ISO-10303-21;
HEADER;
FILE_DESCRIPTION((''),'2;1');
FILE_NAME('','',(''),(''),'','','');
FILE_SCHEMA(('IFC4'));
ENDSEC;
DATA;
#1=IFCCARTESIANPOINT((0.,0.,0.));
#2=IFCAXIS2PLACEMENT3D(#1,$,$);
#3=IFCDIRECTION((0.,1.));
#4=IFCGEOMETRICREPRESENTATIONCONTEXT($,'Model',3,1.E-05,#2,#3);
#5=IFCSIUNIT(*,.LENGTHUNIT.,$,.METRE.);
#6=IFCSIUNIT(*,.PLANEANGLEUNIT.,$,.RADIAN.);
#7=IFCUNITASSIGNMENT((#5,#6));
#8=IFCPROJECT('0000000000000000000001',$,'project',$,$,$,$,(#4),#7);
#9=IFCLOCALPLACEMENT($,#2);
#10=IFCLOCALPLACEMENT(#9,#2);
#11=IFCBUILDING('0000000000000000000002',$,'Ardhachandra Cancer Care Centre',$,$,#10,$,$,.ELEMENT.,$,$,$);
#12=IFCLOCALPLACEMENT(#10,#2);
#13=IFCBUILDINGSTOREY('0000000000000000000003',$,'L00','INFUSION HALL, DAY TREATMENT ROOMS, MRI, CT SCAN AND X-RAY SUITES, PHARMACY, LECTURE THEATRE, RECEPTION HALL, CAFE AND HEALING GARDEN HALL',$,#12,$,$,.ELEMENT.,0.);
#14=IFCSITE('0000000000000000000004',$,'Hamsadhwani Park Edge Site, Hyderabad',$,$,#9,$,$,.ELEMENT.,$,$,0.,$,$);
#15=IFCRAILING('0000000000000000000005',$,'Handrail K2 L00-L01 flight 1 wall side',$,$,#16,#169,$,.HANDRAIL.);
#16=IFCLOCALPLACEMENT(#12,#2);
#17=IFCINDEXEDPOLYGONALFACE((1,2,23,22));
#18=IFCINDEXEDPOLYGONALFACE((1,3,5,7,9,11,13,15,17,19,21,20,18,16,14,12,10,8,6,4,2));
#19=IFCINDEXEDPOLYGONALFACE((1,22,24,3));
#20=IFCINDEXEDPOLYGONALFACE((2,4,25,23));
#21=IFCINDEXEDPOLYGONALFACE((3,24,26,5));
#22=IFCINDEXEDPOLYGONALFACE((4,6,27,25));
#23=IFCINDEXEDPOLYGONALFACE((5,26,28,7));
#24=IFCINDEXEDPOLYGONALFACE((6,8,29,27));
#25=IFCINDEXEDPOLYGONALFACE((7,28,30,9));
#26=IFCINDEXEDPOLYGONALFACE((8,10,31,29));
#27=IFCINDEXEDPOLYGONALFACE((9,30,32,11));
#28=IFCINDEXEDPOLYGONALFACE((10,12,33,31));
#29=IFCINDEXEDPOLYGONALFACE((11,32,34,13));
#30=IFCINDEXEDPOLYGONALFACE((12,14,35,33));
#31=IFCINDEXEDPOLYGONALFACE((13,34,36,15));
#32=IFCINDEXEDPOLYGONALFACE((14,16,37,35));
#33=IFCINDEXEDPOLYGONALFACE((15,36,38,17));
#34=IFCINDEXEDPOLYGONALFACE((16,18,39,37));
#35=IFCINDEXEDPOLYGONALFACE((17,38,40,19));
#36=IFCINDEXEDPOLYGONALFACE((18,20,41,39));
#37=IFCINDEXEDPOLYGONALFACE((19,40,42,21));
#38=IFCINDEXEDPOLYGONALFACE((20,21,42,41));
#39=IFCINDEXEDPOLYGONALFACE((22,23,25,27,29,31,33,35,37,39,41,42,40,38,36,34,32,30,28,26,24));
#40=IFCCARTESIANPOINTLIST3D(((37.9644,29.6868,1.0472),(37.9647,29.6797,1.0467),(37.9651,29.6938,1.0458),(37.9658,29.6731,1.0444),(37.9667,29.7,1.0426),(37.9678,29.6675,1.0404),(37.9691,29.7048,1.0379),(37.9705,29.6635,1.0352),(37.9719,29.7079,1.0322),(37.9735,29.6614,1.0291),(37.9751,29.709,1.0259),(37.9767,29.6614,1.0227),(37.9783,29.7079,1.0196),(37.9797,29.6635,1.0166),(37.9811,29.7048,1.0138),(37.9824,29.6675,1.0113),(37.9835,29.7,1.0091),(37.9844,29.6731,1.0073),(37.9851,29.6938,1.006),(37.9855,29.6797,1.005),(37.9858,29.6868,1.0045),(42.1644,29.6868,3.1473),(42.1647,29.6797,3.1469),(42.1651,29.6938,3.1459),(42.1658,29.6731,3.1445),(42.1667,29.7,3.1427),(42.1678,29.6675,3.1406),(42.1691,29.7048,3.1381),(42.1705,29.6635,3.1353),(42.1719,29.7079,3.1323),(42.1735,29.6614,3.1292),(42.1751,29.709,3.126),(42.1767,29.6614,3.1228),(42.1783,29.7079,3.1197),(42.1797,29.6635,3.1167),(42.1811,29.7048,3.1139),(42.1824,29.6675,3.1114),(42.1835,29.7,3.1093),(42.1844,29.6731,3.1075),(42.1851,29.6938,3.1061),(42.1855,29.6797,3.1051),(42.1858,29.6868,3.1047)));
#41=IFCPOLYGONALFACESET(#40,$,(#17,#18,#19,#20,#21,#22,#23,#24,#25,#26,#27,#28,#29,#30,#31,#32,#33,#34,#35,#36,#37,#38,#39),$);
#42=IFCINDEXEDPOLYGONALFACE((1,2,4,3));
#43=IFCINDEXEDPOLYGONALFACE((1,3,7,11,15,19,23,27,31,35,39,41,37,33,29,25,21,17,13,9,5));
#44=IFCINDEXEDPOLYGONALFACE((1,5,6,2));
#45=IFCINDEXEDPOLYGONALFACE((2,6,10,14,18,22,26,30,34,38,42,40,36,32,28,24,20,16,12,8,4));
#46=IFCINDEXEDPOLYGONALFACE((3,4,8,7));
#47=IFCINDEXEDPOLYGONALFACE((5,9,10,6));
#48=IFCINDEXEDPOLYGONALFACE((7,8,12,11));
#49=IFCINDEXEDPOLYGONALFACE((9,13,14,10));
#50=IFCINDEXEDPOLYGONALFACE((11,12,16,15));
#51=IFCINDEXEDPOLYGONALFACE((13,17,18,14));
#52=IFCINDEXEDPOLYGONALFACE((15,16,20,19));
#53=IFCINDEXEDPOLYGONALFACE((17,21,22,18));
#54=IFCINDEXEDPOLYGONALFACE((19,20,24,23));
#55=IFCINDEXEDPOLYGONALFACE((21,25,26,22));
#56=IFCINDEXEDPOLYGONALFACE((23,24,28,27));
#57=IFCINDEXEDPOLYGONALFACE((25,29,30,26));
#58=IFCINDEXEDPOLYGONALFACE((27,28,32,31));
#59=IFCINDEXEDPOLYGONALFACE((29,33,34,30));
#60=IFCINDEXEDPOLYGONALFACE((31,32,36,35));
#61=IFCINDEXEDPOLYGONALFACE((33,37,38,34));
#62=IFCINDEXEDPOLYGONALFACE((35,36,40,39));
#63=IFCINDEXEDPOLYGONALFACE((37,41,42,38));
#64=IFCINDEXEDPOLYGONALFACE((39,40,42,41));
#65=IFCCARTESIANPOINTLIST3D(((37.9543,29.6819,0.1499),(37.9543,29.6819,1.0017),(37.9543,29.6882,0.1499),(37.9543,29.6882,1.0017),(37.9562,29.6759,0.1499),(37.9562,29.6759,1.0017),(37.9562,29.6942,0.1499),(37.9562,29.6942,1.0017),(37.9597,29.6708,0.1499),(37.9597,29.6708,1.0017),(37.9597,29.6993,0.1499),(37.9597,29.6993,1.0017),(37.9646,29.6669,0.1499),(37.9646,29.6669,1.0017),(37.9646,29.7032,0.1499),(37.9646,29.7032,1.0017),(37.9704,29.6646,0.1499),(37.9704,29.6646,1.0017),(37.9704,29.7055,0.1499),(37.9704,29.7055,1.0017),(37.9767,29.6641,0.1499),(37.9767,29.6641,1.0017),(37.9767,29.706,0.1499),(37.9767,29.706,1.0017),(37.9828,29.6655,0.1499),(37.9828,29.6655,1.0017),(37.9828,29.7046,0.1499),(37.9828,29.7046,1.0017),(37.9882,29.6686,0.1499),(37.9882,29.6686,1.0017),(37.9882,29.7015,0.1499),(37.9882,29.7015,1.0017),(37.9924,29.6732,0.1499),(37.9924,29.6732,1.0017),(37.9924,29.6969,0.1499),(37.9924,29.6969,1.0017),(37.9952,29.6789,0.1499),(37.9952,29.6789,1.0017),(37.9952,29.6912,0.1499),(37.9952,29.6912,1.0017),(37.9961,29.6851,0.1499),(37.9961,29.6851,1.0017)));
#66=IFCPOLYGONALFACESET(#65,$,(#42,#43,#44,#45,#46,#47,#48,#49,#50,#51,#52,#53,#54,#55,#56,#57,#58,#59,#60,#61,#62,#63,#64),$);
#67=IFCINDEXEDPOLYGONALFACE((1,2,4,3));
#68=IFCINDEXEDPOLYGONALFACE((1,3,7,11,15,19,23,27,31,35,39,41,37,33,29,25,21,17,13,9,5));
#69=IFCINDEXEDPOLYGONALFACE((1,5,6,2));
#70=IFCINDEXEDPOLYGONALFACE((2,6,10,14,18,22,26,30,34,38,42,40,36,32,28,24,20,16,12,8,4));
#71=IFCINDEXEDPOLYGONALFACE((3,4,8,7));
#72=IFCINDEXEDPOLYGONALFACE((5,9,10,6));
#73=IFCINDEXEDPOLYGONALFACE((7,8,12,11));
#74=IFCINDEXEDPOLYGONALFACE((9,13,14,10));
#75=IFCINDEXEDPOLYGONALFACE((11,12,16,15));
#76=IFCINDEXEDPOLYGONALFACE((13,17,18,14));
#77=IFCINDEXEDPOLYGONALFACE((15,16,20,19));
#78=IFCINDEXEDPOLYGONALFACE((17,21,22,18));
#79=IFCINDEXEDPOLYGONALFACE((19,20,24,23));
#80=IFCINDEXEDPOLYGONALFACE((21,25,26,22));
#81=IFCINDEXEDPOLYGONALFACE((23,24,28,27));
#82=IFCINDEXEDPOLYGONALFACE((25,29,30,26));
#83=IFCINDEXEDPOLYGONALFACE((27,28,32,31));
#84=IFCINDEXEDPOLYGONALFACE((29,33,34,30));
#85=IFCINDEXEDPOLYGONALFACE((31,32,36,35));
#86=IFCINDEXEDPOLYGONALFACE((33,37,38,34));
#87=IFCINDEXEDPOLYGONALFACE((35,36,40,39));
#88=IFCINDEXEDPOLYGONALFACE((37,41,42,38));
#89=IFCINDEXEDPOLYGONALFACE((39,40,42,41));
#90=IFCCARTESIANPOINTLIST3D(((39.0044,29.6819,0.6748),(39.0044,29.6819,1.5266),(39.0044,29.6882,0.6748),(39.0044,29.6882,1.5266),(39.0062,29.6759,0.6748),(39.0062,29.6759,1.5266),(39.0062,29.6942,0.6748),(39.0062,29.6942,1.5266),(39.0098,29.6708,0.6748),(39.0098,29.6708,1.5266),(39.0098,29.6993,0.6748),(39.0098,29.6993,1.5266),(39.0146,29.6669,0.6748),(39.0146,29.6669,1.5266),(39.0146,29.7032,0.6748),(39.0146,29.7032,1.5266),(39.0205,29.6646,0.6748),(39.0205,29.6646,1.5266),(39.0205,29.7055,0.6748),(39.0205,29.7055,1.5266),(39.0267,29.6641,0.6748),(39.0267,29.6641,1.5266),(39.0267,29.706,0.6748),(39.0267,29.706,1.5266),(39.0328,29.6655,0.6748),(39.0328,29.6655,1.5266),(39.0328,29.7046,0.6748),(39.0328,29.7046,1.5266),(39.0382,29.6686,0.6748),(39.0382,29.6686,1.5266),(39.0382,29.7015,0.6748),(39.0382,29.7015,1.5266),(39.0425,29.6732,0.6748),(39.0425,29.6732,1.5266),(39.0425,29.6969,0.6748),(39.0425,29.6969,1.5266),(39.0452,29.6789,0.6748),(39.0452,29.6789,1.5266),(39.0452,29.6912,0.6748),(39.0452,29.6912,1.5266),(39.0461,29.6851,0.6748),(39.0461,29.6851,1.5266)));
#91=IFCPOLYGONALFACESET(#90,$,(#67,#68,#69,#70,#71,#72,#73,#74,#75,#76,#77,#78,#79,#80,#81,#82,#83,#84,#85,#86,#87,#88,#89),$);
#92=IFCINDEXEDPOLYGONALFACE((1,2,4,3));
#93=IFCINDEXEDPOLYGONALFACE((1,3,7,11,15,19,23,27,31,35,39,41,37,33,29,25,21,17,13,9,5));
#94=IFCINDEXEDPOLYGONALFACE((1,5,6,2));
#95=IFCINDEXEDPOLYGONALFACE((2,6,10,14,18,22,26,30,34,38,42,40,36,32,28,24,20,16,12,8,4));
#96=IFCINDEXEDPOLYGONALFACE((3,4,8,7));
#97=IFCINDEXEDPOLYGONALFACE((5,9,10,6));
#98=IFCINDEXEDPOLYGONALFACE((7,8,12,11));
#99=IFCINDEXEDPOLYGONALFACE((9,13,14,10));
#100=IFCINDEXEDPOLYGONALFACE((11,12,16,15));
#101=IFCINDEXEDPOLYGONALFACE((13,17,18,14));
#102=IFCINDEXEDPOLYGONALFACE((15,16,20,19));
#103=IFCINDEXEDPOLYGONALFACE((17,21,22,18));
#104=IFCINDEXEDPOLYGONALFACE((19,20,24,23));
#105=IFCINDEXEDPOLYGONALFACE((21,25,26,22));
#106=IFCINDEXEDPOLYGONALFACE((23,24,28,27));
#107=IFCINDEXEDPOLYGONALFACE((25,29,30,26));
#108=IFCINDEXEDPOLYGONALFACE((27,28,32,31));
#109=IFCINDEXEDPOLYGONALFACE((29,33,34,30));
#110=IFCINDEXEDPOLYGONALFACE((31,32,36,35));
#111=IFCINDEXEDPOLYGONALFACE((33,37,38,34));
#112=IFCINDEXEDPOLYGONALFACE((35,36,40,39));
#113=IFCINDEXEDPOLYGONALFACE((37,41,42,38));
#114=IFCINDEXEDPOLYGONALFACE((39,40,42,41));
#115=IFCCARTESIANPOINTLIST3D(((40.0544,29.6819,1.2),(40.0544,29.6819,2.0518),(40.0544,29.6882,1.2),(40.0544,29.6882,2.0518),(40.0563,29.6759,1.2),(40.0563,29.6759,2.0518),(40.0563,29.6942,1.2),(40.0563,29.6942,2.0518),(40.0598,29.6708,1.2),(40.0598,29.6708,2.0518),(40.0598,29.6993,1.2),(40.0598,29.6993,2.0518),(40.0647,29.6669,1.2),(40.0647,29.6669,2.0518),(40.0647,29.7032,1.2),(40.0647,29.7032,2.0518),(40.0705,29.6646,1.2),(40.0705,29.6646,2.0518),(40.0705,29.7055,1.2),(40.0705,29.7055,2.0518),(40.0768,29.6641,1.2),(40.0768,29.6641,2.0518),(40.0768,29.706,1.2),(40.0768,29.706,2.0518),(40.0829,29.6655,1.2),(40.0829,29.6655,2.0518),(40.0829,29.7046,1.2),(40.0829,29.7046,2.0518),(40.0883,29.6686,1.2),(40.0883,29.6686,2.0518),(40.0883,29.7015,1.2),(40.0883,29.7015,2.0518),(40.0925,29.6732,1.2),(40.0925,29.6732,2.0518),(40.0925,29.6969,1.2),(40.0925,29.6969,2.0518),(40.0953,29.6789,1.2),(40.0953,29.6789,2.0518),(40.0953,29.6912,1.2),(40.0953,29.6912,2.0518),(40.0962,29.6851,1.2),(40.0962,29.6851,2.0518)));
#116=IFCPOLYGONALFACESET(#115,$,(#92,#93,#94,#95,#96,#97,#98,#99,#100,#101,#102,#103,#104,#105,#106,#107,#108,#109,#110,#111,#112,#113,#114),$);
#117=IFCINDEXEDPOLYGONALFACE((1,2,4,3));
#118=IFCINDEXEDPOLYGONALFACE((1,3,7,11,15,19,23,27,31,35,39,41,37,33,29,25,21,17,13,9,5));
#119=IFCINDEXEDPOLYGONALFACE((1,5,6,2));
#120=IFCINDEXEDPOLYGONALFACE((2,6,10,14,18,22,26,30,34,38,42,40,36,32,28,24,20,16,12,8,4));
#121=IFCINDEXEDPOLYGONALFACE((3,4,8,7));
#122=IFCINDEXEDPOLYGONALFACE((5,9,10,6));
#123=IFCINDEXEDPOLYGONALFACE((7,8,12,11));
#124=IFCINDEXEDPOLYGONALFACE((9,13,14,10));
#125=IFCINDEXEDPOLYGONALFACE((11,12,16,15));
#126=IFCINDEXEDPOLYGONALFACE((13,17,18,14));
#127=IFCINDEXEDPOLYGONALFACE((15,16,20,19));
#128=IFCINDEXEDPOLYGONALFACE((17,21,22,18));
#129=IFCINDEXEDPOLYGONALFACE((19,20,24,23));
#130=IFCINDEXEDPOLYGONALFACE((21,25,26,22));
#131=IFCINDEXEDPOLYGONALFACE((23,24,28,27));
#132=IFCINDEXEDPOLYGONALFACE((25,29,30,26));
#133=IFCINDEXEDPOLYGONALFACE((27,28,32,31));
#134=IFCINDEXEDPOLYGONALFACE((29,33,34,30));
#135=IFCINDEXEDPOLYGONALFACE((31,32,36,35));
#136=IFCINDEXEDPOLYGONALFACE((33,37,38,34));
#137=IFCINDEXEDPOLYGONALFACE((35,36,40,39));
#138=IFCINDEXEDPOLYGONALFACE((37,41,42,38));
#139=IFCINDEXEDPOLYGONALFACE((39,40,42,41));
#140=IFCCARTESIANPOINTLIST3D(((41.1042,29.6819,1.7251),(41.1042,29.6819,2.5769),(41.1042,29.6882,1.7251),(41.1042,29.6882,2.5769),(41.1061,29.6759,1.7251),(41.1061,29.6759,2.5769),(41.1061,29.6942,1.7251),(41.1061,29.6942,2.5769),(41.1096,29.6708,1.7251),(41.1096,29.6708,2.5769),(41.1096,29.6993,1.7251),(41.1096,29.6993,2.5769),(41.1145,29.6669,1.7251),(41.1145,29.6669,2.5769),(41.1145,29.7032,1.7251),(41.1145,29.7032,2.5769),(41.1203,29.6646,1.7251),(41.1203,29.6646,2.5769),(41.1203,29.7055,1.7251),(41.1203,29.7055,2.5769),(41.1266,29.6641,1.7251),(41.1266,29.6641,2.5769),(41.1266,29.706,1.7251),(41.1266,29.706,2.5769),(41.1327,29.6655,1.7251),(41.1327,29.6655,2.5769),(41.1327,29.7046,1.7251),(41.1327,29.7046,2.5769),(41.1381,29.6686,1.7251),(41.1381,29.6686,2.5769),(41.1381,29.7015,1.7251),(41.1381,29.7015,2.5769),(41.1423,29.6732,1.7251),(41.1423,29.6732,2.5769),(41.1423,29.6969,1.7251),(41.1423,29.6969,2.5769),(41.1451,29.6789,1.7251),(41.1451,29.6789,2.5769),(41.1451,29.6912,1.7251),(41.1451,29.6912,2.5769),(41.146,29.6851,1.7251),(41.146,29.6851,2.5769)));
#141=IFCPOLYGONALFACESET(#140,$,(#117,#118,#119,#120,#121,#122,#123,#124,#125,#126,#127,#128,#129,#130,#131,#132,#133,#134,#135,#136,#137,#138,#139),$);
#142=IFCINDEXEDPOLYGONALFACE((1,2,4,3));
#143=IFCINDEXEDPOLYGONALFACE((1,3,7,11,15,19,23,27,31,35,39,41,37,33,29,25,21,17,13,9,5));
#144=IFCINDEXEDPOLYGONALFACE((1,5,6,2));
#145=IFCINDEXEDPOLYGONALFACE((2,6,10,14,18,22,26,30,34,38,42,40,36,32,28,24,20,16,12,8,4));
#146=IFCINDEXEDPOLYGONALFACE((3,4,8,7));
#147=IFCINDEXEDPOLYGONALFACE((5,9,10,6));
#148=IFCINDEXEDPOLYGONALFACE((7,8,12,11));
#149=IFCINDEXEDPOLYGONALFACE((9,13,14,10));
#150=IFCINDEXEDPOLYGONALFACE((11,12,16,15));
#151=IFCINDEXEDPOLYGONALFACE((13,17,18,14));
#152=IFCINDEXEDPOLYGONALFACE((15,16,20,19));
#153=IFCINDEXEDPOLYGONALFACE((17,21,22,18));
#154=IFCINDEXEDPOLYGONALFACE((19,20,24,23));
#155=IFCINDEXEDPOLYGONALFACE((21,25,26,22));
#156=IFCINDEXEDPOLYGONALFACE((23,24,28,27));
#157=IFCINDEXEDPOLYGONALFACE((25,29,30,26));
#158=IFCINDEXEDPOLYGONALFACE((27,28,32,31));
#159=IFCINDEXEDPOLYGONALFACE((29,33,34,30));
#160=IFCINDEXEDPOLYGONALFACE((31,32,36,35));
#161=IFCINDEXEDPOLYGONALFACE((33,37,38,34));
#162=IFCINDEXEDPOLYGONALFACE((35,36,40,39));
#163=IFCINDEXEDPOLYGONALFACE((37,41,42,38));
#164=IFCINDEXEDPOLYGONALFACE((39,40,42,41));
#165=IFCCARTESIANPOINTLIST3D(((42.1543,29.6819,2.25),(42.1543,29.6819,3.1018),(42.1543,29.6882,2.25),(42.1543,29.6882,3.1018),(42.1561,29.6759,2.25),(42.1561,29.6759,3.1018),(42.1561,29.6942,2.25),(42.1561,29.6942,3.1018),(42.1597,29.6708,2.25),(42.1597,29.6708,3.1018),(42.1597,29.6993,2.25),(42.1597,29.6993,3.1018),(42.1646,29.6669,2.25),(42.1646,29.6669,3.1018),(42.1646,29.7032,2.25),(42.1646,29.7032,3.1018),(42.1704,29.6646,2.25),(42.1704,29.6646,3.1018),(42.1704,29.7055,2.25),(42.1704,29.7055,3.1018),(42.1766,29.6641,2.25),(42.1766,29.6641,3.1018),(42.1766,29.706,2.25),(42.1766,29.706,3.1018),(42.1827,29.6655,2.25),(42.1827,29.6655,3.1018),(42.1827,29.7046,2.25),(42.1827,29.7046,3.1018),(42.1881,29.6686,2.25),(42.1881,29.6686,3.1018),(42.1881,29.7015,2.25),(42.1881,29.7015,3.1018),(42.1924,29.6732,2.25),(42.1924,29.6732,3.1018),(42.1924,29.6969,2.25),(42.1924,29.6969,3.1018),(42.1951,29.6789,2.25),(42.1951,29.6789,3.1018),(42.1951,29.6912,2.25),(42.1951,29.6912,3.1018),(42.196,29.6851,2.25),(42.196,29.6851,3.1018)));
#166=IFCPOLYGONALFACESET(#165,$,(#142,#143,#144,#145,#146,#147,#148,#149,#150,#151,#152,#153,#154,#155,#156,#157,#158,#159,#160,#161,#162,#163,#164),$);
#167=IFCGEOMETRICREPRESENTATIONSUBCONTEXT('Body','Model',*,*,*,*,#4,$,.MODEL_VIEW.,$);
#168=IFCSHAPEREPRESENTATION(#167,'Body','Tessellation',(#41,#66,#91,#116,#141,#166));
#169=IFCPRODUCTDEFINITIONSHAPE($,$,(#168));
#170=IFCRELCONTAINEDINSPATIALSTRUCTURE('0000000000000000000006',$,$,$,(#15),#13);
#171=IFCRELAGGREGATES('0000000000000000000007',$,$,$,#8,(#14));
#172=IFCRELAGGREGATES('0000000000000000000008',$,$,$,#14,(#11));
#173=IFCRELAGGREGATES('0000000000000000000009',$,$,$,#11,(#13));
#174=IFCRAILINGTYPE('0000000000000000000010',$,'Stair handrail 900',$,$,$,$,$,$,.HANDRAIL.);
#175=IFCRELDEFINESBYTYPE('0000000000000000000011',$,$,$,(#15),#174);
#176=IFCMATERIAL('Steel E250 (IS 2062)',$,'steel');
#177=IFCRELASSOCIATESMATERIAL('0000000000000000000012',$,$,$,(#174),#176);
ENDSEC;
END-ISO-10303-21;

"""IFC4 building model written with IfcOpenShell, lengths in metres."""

from ifc_helpers import new_model, si_unit, direction, frame, origin, origin_2d, place, context, subcontext, project, spatial, circle, extrude, material, type_object, element, save


model = new_model("IFC4")

# Units and contexts
model_context = context("Model", 3, precision=1e-05, world=origin(), true_north=direction((0.0, 1.0)))
body_context = subcontext(model_context, "Body", "Model", "MODEL_VIEW")
ifc_project = project(units=[si_unit("LENGTHUNIT", "METRE"), si_unit("PLANEANGLEUNIT", "RADIAN")], contexts=[model_context])

# Site, building, storey
site_placement = place(None, origin())
site = spatial("IfcSite", under=ifc_project, at=site_placement, Name="Hamsadhwani Park Edge Site, Hyderabad", CompositionType="ELEMENT", RefElevation=0.0)
building_placement = place(site_placement, origin())
building = spatial("IfcBuilding", under=site, at=building_placement, Name="Ardhachandra Cancer Care Centre", CompositionType="ELEMENT")
storey_placement = place(building_placement, origin())
storey = spatial("IfcBuildingStorey", under=building, at=storey_placement, Name="L00", Description="INFUSION HALL, DAY TREATMENT ROOMS, MRI, CT SCAN AND X-RAY SUITES, PHARMACY, LECTURE THEATRE, RECEPTION HALL, CAFE AND HEALING GARDEN HALL", CompositionType="ELEMENT", Elevation=0.0)

# Railing
ifc_material_1 = material(Name="Steel E250 (IS 2062)", Category="steel")
railing_type_1 = type_object("IfcRailingType", Name="Stair handrail 900", PredefinedType="HANDRAIL", material=ifc_material_1)
for number, where, name in (
    (1, (37.9751, 29.6851, 0.1499), "Handrail K2 L00-L01 flight 1 wall side"),
):
    element("IfcRailing", number, at=place(storey_placement, frame(where)), inside=storey, type_object=railing_type_1, Name=name, PredefinedType="HANDRAIL", context=body_context, shape_type="SweptSolid", body=[
        extrude(circle(Radius=0.0239, at=origin_2d()), frame((0.0, 0.0, 0.876), z_axis=(0.894417, 0.0, 0.447234), x_axis=(0.0, 1.0, 0.0)), (0.0, 0.0, 1.0), 4.6958),
        extrude(circle(Radius=0.021, at=origin_2d()), origin(), (0.0, 0.0, 1.0), 0.8518),
        extrude(circle(Radius=0.021, at=origin_2d()), frame((1.05, 0.0, 0.5249)), (0.0, 0.0, 1.0), 0.8518),
        extrude(circle(Radius=0.021, at=origin_2d()), frame((2.1001, 0.0, 1.05)), (0.0, 0.0, 1.0), 0.8518),
        extrude(circle(Radius=0.021, at=origin_2d()), frame((3.1499, 0.0, 1.5752)), (0.0, 0.0, 1.0), 0.8518),
        extrude(circle(Radius=0.021, at=origin_2d()), frame((4.2, 0.0, 2.1001)), (0.0, 0.0, 1.0), 0.8518),
    ])

save(model, "model.ifc")
